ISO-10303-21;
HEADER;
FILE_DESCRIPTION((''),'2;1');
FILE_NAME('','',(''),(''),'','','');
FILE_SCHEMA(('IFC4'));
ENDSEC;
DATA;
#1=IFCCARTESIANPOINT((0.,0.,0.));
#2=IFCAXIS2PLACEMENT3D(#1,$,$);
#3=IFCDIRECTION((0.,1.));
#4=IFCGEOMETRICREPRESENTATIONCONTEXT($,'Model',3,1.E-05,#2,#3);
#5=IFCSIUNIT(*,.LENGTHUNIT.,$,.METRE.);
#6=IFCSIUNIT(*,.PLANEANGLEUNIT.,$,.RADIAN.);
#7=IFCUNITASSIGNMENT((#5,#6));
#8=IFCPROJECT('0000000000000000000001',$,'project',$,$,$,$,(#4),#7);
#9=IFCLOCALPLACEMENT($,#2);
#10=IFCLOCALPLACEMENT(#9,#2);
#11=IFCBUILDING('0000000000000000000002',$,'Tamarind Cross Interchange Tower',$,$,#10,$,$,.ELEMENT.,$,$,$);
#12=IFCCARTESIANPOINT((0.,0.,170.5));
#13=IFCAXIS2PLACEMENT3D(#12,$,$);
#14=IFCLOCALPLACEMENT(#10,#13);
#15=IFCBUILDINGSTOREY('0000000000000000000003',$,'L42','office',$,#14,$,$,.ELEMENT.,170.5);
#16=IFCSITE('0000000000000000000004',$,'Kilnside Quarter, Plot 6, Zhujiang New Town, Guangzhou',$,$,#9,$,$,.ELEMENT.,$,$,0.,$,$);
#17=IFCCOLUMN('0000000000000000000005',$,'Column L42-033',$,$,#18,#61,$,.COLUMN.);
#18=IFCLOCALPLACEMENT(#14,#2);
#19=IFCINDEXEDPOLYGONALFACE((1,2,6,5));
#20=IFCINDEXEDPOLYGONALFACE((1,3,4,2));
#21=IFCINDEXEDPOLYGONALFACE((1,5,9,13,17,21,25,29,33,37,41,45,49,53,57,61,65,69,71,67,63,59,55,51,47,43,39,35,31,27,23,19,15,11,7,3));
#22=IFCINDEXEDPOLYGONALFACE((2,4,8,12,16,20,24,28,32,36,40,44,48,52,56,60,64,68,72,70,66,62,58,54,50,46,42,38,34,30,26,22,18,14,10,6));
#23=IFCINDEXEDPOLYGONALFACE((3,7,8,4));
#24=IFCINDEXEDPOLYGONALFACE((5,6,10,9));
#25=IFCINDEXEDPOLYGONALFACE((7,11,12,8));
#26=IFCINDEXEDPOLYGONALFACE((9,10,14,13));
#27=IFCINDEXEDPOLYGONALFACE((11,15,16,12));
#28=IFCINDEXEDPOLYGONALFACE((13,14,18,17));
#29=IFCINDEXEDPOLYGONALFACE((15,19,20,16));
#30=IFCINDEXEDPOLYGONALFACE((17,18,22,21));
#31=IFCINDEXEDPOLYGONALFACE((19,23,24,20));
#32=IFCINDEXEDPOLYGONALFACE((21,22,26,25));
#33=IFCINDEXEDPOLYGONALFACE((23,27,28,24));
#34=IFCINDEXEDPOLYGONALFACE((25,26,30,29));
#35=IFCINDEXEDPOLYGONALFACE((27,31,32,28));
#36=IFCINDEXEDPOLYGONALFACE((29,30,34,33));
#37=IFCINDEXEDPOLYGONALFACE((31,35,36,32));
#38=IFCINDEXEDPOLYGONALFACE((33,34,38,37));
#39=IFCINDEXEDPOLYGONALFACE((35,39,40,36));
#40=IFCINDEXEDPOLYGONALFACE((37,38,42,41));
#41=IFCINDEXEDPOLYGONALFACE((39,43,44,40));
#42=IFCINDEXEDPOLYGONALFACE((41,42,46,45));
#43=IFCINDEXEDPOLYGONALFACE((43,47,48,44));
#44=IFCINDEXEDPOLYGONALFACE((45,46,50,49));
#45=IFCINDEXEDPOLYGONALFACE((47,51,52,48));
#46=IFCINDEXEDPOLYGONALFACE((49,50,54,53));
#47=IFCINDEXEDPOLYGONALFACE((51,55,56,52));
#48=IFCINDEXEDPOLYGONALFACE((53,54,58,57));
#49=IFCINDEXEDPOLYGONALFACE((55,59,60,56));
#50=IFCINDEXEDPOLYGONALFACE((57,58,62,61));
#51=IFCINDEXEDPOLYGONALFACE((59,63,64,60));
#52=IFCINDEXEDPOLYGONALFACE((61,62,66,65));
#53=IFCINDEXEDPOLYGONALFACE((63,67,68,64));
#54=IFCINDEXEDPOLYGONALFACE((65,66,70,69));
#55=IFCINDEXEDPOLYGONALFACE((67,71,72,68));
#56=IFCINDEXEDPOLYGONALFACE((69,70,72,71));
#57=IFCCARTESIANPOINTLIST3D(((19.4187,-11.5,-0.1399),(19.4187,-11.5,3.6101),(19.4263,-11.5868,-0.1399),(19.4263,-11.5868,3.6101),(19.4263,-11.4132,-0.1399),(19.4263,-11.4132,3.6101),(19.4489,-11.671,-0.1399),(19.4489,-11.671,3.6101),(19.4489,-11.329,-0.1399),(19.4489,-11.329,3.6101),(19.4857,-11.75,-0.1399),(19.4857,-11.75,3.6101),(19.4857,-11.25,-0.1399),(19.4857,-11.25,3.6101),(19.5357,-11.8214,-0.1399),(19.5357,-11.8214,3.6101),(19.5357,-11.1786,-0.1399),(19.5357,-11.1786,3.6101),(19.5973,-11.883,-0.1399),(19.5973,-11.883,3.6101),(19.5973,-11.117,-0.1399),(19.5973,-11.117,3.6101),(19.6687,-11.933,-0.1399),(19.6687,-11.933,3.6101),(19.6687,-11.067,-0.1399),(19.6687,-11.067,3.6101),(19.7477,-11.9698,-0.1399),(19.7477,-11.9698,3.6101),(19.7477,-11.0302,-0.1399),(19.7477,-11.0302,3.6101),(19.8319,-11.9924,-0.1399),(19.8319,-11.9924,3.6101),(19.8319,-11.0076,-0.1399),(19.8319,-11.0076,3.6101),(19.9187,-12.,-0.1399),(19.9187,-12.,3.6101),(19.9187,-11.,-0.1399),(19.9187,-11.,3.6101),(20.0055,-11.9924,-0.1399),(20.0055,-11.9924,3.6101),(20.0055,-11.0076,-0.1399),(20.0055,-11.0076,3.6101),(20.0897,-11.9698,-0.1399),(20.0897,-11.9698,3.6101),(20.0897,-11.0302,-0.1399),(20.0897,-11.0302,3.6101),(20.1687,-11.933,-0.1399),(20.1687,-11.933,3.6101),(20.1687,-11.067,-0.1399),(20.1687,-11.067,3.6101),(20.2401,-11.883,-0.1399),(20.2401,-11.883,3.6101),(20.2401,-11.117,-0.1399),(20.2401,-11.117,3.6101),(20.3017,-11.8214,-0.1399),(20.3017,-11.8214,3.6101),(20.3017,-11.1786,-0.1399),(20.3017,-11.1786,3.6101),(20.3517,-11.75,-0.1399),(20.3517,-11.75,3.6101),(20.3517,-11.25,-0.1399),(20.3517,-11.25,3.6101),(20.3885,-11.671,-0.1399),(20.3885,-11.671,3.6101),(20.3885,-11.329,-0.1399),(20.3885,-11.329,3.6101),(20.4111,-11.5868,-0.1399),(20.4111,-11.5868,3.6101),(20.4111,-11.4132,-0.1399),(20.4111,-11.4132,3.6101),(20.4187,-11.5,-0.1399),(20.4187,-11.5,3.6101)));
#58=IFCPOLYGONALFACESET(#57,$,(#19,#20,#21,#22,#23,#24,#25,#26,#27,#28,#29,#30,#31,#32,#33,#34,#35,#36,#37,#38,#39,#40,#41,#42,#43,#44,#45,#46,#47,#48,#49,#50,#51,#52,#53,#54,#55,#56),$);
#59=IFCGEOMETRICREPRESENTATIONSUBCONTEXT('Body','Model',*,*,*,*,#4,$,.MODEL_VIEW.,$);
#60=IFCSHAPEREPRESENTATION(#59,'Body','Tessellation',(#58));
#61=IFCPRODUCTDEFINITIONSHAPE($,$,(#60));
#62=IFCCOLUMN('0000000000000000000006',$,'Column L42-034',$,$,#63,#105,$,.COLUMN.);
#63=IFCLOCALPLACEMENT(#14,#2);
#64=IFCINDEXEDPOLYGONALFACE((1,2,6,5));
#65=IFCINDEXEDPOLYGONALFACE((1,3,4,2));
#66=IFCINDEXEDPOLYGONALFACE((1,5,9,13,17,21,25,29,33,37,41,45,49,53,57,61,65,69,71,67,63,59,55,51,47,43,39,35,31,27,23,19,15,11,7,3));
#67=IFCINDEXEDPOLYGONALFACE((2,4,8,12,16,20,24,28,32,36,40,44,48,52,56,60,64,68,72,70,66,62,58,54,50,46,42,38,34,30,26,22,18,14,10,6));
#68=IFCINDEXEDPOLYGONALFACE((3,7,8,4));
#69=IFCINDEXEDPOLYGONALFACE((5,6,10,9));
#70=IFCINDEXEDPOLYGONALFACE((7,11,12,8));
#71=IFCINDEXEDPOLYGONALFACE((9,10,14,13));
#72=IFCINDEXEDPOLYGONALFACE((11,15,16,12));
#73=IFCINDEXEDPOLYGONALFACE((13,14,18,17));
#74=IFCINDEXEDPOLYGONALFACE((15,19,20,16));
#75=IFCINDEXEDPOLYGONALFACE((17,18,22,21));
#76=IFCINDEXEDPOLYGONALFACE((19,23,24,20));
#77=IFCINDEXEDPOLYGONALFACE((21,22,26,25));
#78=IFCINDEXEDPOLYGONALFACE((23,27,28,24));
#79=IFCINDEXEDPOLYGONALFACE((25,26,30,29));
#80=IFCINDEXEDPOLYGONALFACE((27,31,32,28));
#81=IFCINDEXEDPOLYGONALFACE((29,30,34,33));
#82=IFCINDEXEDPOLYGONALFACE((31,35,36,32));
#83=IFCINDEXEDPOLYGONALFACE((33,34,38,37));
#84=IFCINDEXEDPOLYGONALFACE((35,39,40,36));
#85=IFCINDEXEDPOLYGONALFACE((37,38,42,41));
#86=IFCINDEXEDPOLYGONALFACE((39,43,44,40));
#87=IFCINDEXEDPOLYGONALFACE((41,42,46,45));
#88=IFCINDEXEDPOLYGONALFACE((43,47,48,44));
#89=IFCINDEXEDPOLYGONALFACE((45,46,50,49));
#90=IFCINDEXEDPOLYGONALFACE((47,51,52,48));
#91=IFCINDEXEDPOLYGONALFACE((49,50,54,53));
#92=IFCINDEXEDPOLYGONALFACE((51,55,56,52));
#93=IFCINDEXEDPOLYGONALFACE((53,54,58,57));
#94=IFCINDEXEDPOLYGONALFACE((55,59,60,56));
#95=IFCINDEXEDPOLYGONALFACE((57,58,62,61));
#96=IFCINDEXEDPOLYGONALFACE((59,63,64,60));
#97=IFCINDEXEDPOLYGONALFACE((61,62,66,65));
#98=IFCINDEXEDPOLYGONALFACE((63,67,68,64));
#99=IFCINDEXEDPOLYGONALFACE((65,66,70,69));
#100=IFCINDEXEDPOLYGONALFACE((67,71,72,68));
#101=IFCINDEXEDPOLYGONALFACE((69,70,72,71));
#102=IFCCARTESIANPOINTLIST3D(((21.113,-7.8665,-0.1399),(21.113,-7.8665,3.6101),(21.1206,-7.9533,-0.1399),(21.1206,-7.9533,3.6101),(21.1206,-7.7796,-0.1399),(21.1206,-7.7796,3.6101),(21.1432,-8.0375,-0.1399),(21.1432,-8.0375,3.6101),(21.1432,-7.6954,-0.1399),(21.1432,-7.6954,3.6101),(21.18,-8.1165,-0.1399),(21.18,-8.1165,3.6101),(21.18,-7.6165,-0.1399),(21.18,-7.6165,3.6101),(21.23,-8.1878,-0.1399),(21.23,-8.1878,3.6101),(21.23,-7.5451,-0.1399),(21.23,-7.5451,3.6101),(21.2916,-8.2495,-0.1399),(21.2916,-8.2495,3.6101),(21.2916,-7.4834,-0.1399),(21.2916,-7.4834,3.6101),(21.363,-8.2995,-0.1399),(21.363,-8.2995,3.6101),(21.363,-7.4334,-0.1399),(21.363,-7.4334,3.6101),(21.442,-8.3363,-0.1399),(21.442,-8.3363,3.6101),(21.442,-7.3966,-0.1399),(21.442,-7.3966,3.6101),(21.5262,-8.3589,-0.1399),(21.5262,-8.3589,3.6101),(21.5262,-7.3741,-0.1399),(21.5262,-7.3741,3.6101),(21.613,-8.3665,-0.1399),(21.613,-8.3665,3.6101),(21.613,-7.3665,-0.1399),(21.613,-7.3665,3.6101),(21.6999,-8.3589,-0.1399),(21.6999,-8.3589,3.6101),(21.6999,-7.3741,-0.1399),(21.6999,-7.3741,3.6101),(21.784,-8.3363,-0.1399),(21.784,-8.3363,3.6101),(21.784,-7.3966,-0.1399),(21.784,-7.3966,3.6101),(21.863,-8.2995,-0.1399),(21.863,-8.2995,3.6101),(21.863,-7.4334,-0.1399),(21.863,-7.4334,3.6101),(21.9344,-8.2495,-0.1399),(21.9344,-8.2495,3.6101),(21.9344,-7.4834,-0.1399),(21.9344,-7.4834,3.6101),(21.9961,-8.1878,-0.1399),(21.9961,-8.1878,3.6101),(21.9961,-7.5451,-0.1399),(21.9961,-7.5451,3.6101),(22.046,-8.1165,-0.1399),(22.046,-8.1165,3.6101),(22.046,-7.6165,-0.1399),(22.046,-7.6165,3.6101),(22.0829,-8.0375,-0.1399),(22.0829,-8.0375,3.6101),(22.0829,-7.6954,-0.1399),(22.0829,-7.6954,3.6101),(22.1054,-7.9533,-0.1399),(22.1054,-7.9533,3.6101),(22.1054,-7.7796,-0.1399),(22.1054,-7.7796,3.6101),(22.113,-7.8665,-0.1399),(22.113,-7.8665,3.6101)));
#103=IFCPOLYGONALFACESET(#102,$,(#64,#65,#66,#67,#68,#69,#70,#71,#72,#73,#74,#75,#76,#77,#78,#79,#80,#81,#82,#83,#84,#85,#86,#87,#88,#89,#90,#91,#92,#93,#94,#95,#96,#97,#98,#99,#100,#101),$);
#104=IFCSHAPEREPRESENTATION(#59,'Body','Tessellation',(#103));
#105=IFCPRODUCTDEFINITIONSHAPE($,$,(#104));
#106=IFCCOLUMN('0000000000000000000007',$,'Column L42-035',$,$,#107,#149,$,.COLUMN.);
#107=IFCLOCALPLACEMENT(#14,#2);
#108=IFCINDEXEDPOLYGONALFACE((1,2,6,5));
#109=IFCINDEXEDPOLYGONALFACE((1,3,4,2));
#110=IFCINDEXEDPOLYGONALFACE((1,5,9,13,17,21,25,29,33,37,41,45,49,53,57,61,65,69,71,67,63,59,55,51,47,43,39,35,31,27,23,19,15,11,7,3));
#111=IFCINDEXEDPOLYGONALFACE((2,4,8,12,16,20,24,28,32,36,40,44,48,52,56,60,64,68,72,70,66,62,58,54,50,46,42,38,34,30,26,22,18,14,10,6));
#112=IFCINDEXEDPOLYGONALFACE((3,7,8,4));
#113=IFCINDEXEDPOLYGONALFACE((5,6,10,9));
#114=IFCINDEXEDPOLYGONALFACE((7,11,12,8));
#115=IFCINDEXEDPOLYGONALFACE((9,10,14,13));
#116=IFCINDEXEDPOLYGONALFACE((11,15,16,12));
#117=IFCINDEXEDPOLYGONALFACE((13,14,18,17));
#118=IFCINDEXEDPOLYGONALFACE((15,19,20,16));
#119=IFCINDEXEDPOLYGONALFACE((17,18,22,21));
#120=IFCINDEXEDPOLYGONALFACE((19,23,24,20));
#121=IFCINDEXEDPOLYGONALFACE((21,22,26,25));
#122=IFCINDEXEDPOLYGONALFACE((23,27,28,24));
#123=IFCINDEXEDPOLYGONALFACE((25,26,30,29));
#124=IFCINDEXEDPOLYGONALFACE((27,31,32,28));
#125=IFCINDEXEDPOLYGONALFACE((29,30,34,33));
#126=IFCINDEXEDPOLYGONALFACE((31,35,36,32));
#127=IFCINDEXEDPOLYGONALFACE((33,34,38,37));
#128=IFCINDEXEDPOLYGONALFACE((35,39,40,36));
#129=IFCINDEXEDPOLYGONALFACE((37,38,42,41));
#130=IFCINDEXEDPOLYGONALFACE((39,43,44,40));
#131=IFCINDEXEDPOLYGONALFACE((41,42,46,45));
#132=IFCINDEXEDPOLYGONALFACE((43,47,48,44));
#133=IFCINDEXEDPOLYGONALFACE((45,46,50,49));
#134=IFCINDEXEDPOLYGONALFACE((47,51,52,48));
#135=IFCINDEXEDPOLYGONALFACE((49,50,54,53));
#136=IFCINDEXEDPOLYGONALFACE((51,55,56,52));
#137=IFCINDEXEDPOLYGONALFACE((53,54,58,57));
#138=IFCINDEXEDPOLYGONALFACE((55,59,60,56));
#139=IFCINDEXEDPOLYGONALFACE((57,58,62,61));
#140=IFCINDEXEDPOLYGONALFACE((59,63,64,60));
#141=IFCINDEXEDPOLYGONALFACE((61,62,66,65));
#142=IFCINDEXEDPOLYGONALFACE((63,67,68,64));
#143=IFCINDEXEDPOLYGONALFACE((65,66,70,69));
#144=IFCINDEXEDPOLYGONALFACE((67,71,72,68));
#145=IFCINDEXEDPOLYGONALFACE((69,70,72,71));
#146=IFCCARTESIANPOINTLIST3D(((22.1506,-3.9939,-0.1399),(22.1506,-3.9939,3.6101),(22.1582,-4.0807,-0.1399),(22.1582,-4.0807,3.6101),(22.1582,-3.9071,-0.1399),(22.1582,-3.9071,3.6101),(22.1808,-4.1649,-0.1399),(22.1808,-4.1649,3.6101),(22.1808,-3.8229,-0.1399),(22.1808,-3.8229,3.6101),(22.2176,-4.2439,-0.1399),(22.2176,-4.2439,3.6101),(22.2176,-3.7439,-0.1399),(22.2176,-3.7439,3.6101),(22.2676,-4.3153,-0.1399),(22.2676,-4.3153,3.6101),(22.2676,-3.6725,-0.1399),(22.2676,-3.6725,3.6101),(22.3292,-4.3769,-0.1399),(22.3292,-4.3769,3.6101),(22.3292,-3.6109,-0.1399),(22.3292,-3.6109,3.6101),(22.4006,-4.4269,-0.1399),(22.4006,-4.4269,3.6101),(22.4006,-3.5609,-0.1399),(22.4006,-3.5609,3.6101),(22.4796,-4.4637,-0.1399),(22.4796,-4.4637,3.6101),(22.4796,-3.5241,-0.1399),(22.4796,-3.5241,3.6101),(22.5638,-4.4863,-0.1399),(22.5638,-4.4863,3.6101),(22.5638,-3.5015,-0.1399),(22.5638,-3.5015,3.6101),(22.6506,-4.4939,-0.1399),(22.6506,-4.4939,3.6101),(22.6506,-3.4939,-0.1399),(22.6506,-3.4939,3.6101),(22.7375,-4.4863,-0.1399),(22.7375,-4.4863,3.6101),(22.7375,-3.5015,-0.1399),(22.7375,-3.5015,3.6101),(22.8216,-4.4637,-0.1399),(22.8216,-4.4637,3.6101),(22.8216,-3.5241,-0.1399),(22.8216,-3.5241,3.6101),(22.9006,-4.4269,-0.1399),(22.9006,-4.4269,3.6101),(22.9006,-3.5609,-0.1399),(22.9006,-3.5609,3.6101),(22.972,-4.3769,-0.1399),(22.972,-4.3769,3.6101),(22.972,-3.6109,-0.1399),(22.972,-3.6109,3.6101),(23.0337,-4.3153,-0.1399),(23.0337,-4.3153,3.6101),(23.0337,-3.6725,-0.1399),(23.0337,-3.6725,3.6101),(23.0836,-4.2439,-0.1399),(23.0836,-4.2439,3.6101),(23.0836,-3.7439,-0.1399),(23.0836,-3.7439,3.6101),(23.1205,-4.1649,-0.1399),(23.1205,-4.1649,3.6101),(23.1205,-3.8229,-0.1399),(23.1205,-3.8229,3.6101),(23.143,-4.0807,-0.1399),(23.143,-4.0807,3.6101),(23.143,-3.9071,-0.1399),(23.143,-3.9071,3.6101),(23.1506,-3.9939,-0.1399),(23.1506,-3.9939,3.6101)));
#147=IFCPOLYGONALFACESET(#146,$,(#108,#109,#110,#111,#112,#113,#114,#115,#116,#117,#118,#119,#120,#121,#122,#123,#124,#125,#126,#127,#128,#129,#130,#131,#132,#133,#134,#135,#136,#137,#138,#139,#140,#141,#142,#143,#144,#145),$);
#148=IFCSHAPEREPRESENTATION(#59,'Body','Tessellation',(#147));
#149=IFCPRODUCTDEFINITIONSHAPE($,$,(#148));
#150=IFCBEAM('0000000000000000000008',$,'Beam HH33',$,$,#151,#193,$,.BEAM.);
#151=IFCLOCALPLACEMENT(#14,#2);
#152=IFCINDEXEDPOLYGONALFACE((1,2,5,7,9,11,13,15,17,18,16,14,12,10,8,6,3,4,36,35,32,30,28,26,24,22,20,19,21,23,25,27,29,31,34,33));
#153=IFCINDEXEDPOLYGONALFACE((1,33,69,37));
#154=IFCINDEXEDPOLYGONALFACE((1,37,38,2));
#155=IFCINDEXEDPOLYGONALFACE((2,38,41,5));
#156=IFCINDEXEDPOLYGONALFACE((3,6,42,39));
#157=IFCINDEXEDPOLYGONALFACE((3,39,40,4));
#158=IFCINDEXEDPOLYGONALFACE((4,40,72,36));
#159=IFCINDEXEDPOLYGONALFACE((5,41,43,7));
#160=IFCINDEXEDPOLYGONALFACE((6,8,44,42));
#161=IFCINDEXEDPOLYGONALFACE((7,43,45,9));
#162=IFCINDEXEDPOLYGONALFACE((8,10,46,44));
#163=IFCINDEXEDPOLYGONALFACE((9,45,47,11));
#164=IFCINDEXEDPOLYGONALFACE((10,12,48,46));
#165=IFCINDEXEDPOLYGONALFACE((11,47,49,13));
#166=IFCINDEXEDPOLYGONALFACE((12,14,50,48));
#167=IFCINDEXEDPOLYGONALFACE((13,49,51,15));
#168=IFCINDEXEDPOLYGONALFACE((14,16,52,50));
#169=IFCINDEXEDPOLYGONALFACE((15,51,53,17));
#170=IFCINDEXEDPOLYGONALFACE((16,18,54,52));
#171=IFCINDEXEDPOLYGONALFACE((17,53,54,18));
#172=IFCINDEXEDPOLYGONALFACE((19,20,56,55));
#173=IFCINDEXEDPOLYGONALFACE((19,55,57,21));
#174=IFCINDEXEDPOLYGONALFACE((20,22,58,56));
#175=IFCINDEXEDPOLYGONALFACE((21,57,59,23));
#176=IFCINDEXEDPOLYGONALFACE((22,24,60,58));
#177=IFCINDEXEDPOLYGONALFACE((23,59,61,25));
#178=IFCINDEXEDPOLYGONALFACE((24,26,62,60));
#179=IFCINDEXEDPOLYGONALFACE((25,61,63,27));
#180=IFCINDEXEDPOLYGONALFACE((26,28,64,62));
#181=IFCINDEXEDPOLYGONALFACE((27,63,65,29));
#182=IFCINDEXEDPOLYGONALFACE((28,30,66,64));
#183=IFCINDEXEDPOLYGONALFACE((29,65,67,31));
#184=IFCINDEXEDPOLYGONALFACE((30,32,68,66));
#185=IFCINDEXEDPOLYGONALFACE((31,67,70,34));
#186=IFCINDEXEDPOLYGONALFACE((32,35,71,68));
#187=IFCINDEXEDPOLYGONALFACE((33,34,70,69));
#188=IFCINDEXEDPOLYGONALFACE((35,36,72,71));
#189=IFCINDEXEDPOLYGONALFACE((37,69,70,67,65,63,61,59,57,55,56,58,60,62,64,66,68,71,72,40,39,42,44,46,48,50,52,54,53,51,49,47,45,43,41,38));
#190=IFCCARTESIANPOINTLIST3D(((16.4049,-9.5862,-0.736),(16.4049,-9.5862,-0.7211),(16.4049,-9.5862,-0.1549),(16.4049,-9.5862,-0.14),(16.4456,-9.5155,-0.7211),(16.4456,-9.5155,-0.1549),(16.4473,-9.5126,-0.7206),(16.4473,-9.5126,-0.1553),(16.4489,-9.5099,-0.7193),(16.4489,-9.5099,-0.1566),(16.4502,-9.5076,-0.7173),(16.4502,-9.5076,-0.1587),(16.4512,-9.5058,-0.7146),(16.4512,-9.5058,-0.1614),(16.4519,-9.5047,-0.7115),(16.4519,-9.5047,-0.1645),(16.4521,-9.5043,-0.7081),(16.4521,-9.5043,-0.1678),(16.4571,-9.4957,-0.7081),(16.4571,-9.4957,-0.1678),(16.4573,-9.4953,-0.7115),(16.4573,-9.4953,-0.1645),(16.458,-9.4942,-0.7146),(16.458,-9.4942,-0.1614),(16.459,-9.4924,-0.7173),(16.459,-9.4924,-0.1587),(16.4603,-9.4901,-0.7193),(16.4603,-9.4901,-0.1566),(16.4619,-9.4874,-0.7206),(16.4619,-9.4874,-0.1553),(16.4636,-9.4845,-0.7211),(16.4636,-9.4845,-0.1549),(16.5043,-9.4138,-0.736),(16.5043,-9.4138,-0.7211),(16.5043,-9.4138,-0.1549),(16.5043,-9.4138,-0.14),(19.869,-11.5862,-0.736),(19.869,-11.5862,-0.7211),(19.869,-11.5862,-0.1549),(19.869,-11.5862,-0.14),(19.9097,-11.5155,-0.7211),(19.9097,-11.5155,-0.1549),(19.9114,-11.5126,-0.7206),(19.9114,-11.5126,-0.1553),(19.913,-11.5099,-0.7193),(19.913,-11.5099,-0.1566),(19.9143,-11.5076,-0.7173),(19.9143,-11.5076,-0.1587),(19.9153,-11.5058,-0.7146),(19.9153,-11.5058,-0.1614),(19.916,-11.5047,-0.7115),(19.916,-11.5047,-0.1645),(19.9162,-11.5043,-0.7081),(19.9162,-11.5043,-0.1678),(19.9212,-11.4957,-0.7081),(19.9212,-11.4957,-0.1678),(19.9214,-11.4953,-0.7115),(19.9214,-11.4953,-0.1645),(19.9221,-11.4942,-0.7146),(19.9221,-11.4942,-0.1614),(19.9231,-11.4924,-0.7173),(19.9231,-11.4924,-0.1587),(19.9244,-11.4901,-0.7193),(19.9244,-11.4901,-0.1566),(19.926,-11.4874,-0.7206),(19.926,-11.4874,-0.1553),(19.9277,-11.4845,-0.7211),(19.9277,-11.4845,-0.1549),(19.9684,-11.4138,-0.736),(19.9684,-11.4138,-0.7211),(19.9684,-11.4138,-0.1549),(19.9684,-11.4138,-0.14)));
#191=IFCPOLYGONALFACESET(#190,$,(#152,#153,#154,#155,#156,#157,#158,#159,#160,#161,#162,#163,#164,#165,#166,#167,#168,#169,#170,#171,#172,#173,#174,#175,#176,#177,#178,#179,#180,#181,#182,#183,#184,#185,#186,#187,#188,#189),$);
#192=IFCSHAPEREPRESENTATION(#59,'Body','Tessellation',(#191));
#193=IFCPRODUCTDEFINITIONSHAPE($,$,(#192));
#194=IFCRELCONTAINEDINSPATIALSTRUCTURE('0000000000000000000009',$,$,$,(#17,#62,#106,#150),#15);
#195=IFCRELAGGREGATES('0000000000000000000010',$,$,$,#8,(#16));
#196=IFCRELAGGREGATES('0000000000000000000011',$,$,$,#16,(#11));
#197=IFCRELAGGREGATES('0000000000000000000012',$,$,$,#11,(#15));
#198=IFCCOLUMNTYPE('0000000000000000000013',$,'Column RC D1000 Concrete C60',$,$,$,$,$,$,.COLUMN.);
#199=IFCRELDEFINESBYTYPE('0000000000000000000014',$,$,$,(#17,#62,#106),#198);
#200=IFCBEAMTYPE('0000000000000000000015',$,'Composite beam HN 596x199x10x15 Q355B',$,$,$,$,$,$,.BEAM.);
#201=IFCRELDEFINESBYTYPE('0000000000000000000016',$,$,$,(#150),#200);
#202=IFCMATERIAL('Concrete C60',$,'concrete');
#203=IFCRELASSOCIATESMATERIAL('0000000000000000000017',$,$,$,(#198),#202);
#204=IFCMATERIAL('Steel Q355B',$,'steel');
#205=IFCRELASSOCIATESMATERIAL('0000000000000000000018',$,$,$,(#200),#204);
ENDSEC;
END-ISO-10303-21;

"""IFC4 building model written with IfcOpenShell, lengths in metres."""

from ifc_helpers import new_model, si_unit, direction, frame, origin, origin_2d, place, context, subcontext, project, spatial, circle, i_section, extrude, material, material_profile, profile_set, type_object, element, save


model = new_model("IFC4")

# Units and contexts
model_context = context("Model", 3, precision=1e-05, world=origin(), true_north=direction((0.0, 1.0)))
body_context = subcontext(model_context, "Body", "Model", "MODEL_VIEW")
ifc_project = project(units=[si_unit("LENGTHUNIT", "METRE"), si_unit("PLANEANGLEUNIT", "RADIAN")], contexts=[model_context])

# Site, building, storey
site_placement = place(None, origin())
site = spatial("IfcSite", under=ifc_project, at=site_placement, Name="Kilnside Quarter, Plot 6, Zhujiang New Town, Guangzhou", CompositionType="ELEMENT", RefElevation=0.0)
building_placement = place(site_placement, origin())
building = spatial("IfcBuilding", under=site, at=building_placement, Name="Tamarind Cross Interchange Tower", CompositionType="ELEMENT")
storey_placement = place(building_placement, frame((0.0, 0.0, 170.5)))
storey = spatial("IfcBuildingStorey", under=building, at=storey_placement, Name="L42", Description="office", CompositionType="ELEMENT", Elevation=170.5)

# Columns
ifc_material_1 = material(Name="Concrete C60", Category="concrete")
ifc_material_profile_1 = material_profile(ifc_material_1, circle(Radius=0.5, at=origin_2d()), Name="RC D1000")
ifc_profile_set_1 = profile_set([ifc_material_profile_1], Name="Concrete C60")
column_type = type_object("IfcColumnType", Name="Column RC D1000 Concrete C60", PredefinedType="COLUMN", material=ifc_profile_set_1)
for number, where, z_axis, x_axis, name in (
    (1, (19.9187, -11.5, -0.1399), (0.0, 0.0, 1.0), (1.0, 0.0, 0.0), "Column L42-033"),
    (2, (21.613, -7.8665, -0.1399), (0.0, 0.0, 1.0), (1.0, 0.0, 0.0), "Column L42-034"),
    (3, (22.6506, -3.9939, -0.1399), (0.0, 0.0, 1.0), (1.0, 0.0, 0.0), "Column L42-035"),
):
    element("IfcColumn", number, at=place(storey_placement, frame(where, z_axis=z_axis, x_axis=x_axis)), inside=storey, type_object=column_type, Name=name, PredefinedType="COLUMN", context=body_context, shape_type="SweptSolid", body=[
        extrude(circle(Radius=0.5, at=origin_2d()), origin(), (0.0, 0.0, 1.0), 3.75),
    ])

# Beam
ifc_material_2 = material(Name="Steel Q355B", Category="steel")
ifc_material_profile_2 = material_profile(ifc_material_2, i_section(OverallWidth=0.199, OverallDepth=0.5959, WebThickness=0.01, FlangeThickness=0.0149, FilletRadius=0.0129, at=origin_2d()), Name="HN 596x199x10x15")
ifc_profile_set_2 = profile_set([ifc_material_profile_2], Name="Steel Q355B")
beam_type = type_object("IfcBeamType", Name="Composite beam HN 596x199x10x15 Q355B", PredefinedType="BEAM", material=ifc_profile_set_2)
beam_1_placement = place(storey_placement, frame((19.9187, -11.5, -0.438), z_axis=(-0.866026, 0.499999, 0.0), x_axis=(-0.499999, -0.866026, 0.0)))
element("IfcBeam", 4, at=beam_1_placement, inside=storey, type_object=beam_type, Name="Beam HH33", PredefinedType="BEAM", context=body_context, shape_type="SweptSolid", body=[
    extrude(i_section(OverallWidth=0.199, OverallDepth=0.5959, WebThickness=0.01, FlangeThickness=0.0149, FilletRadius=0.0129, at=origin_2d()), origin(), (0.0, 0.0, 1.0), 4.0),
])

save(model, "model.ifc")
